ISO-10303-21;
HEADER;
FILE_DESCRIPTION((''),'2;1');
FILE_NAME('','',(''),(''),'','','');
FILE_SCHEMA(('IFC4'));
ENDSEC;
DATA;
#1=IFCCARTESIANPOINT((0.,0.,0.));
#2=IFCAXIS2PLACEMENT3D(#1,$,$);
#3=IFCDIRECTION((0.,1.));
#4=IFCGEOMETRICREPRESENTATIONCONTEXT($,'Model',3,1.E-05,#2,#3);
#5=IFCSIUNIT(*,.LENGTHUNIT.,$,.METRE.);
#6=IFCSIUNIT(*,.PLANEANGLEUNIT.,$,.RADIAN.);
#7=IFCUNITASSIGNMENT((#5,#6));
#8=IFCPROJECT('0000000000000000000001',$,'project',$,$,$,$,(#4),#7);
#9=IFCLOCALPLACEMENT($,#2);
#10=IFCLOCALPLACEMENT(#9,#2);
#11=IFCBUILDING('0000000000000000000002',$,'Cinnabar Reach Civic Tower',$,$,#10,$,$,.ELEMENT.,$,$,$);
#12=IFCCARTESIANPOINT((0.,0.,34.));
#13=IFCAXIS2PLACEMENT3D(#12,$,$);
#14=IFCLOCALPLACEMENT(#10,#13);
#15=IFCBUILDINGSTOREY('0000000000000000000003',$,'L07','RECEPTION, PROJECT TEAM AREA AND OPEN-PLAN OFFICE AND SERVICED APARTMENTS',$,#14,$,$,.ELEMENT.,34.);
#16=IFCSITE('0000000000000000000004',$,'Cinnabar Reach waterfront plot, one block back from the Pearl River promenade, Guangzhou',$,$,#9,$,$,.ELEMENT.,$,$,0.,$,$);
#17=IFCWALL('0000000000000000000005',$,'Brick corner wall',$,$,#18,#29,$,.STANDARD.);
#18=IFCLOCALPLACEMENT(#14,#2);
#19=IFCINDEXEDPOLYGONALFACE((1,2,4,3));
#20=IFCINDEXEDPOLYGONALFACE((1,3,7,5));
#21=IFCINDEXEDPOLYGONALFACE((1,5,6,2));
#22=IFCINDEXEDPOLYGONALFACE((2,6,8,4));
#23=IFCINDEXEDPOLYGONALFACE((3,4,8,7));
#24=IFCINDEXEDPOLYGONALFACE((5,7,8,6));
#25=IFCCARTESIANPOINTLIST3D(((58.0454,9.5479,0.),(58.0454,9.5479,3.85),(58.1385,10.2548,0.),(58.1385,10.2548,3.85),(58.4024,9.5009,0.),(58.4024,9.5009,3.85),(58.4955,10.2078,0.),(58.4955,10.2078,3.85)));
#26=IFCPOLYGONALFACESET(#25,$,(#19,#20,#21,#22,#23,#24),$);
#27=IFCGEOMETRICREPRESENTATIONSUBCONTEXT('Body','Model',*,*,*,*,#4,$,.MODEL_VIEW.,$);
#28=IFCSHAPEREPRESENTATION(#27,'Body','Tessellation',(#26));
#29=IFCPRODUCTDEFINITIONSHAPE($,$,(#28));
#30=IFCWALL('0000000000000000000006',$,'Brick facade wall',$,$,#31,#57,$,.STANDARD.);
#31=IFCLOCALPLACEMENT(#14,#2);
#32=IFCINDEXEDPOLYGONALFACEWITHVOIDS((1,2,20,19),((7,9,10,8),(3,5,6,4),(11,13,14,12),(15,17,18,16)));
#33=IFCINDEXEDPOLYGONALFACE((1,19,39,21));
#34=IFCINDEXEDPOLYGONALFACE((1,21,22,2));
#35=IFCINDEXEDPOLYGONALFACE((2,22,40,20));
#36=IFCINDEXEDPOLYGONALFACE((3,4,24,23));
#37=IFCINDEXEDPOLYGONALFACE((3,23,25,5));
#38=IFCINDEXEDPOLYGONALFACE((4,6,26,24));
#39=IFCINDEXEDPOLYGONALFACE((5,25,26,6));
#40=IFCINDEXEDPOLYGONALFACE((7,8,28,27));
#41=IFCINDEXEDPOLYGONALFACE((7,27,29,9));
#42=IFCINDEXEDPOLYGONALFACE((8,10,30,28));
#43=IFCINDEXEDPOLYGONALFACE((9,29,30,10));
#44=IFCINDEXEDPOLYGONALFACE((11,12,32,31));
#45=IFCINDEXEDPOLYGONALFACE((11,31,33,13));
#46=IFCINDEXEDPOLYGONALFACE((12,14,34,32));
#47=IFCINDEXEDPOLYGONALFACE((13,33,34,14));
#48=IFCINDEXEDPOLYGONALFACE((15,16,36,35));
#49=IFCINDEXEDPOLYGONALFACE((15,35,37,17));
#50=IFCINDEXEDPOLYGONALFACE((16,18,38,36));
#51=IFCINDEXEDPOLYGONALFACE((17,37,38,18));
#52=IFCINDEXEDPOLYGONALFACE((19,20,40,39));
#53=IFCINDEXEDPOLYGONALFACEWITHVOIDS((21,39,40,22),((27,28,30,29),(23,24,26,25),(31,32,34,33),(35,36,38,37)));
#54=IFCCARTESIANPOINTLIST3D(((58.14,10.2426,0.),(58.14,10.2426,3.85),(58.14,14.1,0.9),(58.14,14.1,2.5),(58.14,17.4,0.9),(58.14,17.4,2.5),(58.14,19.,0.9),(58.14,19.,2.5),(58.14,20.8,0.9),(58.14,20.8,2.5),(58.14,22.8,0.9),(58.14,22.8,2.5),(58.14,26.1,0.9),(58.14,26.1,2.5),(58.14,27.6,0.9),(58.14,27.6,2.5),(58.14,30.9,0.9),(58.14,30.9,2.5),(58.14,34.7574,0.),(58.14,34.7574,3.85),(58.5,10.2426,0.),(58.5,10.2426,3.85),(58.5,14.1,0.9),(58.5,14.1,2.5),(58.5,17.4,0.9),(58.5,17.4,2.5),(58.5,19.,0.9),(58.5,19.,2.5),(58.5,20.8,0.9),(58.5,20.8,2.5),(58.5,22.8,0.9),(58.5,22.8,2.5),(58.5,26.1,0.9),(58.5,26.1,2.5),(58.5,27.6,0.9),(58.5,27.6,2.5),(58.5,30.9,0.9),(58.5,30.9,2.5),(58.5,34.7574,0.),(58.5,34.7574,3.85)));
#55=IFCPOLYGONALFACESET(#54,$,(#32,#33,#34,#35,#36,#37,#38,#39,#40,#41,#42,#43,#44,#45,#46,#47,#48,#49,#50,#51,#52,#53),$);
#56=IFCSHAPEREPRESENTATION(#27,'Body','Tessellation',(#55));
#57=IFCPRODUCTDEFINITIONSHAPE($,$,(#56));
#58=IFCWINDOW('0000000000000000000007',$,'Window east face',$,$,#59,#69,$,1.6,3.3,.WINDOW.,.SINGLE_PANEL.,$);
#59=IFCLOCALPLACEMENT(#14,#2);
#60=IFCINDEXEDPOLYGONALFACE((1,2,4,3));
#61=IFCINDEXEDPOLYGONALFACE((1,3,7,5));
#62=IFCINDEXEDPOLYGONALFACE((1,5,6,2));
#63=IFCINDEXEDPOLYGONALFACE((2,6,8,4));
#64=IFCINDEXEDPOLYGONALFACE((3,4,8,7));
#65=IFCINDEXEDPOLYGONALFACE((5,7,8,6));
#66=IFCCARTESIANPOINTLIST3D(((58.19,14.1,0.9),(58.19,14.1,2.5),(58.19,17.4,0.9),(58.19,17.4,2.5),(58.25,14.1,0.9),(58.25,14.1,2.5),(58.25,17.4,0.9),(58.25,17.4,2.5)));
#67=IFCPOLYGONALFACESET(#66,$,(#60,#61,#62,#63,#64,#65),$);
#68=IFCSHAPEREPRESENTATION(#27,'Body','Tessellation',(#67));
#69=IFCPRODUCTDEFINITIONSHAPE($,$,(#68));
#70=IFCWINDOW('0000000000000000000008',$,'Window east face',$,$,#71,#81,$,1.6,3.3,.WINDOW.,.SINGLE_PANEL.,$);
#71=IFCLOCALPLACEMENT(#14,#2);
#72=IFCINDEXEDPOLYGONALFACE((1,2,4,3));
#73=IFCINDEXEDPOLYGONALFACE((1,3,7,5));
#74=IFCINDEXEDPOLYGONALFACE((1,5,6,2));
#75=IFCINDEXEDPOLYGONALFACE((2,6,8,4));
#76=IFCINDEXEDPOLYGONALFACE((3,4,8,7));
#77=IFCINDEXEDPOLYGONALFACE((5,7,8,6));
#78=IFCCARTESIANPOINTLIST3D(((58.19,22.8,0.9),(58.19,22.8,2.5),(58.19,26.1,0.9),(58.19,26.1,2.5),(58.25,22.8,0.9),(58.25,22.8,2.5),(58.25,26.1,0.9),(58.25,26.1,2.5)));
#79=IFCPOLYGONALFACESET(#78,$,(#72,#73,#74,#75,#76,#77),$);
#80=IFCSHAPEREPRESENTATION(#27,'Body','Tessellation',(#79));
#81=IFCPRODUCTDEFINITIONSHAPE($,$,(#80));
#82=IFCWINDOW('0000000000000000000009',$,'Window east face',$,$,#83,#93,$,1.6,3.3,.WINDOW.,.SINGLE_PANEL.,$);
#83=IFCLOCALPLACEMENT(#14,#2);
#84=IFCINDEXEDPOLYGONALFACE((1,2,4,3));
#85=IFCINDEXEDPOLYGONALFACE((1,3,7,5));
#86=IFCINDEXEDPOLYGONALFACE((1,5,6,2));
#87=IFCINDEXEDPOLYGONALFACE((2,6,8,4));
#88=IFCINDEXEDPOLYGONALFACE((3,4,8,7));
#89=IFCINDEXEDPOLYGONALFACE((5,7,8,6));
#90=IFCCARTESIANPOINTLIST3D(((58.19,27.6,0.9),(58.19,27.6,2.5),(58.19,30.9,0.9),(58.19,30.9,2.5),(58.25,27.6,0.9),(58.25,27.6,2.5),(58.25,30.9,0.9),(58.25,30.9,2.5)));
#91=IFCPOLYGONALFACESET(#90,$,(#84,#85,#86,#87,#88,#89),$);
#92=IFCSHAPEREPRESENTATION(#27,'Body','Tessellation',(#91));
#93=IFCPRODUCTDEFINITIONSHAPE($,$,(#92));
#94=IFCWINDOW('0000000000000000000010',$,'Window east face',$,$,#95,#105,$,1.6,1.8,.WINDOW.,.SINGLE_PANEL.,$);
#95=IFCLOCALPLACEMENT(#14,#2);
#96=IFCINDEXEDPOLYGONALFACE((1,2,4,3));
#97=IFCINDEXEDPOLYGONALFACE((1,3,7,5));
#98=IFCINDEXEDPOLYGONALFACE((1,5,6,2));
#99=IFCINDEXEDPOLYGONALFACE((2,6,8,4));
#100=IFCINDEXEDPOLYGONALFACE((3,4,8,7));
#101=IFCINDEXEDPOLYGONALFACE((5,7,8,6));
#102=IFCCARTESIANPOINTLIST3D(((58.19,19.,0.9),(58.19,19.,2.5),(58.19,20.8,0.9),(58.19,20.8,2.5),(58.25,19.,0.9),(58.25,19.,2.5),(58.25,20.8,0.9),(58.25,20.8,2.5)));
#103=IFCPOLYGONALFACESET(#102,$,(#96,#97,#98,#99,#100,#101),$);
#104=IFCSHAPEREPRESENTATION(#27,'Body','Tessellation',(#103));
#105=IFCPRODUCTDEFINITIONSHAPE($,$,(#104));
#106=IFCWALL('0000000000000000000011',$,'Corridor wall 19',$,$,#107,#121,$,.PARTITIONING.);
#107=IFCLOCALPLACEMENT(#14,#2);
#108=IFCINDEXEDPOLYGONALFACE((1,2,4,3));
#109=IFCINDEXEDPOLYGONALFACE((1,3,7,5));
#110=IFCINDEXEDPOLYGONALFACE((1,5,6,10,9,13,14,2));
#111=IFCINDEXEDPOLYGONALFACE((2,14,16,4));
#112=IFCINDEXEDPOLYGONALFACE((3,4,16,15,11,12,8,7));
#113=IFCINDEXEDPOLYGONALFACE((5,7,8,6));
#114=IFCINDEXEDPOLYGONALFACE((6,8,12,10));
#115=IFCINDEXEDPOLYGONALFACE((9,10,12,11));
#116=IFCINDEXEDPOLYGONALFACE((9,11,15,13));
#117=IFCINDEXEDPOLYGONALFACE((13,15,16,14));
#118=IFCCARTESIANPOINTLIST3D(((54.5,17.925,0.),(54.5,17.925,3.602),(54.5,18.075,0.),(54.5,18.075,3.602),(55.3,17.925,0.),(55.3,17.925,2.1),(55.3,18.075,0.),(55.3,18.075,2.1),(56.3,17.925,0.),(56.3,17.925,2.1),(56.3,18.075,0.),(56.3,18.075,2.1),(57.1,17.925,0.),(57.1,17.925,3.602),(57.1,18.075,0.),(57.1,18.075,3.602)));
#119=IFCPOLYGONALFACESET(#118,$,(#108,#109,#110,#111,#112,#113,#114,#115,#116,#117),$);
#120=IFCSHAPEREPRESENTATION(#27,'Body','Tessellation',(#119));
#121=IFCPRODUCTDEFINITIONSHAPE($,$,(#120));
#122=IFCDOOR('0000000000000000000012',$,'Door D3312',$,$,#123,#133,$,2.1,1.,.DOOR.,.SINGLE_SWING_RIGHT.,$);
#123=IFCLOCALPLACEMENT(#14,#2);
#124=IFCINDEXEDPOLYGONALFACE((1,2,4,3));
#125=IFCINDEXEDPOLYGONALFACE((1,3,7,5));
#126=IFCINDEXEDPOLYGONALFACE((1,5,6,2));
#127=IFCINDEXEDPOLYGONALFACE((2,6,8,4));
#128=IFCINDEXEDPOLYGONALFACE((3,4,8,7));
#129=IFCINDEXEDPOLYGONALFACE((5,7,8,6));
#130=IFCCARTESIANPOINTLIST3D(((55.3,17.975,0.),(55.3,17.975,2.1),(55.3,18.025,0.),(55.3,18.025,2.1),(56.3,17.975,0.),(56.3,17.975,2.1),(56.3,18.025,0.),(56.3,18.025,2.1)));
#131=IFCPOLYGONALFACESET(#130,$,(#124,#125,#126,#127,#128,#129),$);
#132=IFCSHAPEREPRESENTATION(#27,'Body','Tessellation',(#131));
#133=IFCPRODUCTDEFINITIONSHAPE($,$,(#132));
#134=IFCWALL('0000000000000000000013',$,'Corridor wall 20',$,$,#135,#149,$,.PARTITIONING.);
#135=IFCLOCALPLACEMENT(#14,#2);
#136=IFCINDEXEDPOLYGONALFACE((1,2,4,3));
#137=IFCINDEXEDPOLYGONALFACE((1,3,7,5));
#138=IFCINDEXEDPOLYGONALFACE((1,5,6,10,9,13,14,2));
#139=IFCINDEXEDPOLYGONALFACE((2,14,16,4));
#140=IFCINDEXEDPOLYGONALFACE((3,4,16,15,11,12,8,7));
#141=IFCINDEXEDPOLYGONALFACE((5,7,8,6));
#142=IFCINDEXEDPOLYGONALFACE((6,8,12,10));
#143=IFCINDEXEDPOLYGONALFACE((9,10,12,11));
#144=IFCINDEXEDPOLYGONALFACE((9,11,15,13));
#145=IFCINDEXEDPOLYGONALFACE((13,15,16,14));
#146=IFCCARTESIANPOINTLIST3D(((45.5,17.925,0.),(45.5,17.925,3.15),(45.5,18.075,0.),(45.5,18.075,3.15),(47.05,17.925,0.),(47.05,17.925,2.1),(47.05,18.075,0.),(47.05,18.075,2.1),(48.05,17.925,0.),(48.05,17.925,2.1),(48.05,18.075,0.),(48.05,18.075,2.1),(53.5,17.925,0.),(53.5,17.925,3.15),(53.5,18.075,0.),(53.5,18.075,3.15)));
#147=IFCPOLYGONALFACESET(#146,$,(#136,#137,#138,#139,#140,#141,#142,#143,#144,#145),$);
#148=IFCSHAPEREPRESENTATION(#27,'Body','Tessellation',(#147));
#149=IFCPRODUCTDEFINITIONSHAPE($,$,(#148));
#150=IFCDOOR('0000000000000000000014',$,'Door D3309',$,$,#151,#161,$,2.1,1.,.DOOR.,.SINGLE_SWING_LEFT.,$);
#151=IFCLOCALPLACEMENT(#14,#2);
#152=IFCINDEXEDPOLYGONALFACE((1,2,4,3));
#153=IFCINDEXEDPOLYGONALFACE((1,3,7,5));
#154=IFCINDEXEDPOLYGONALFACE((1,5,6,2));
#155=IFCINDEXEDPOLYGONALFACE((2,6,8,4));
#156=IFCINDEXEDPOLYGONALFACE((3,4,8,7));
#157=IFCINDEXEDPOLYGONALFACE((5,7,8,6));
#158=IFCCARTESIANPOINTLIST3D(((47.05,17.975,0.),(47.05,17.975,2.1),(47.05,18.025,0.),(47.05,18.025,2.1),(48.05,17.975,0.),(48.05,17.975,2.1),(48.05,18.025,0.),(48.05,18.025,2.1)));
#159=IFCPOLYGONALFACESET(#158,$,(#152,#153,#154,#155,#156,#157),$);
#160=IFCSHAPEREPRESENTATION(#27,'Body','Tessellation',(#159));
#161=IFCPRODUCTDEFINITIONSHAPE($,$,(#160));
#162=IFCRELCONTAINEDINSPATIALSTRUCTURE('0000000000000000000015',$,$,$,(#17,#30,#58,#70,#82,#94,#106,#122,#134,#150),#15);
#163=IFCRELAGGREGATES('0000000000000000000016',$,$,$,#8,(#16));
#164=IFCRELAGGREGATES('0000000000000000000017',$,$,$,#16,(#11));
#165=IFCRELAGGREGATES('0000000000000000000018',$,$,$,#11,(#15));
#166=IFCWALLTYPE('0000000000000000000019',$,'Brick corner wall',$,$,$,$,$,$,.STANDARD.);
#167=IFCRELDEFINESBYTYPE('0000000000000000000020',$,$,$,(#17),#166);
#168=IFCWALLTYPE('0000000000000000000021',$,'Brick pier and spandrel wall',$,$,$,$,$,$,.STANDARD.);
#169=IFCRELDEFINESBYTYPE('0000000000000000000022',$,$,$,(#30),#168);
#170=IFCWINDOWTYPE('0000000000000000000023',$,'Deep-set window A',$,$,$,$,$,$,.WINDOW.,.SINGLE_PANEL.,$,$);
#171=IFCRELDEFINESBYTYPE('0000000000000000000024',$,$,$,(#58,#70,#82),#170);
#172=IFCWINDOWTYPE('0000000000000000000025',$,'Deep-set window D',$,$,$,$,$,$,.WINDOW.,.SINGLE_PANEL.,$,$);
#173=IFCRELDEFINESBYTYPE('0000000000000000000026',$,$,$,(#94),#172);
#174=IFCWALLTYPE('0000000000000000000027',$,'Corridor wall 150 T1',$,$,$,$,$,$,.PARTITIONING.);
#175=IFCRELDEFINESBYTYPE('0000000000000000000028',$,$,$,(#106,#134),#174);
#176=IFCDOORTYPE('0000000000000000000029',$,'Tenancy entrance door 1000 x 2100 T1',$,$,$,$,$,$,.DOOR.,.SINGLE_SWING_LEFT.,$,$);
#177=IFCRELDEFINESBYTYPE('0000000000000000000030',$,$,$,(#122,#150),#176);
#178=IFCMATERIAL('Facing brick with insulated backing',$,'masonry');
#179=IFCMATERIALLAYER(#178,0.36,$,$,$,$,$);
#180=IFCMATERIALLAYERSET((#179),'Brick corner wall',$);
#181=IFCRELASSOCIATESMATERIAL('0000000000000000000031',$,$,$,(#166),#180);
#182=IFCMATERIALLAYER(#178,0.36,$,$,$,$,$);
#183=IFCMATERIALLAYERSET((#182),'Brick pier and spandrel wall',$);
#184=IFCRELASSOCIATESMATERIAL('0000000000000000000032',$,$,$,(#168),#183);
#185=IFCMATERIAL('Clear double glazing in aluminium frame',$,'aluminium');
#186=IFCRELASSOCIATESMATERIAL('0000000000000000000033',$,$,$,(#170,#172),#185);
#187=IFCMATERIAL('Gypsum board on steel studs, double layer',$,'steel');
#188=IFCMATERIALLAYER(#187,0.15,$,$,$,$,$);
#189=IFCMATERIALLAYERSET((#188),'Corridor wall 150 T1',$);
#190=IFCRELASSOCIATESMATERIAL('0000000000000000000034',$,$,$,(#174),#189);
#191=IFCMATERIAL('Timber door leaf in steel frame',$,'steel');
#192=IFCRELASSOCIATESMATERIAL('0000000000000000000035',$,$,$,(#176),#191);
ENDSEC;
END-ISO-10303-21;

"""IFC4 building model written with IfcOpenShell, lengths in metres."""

from ifc_helpers import new_model, si_unit, direction, frame, frame_2d, origin, place, context, subcontext, project, spatial, rectangle, extrude, material, layer, layer_set, type_object, element, fill, save


model = new_model("IFC4")

# Units and contexts
model_context = context("Model", 3, precision=1e-05, world=origin(), true_north=direction((0.0, 1.0)))
body_context = subcontext(model_context, "Body", "Model", "MODEL_VIEW")
ifc_project = project(units=[si_unit("LENGTHUNIT", "METRE"), si_unit("PLANEANGLEUNIT", "RADIAN")], contexts=[model_context])

# Site, building, storey
site_placement = place(None, origin())
site = spatial("IfcSite", under=ifc_project, at=site_placement, Name="Cinnabar Reach waterfront plot, one block back from the Pearl River promenade, Guangzhou", CompositionType="ELEMENT", RefElevation=0.0)
building_placement = place(site_placement, origin())
building = spatial("IfcBuilding", under=site, at=building_placement, Name="Cinnabar Reach Civic Tower", CompositionType="ELEMENT")
storey_placement = place(building_placement, frame((0.0, 0.0, 34.0)))
storey = spatial("IfcBuildingStorey", under=building, at=storey_placement, Name="L07", Description="RECEPTION, PROJECT TEAM AREA AND OPEN-PLAN OFFICE AND SERVICED APARTMENTS", CompositionType="ELEMENT", Elevation=34.0)

# Wall
ifc_material_1 = material(Name="Facing brick with insulated backing", Category="masonry")
ifc_layer_1 = layer(ifc_material_1, 0.36)
ifc_layer_set_1 = layer_set([ifc_layer_1], Name="Brick corner wall")
wall_type_1 = type_object("IfcWallType", Name="Brick corner wall", PredefinedType="STANDARD", material=ifc_layer_set_1)
wall_1_placement = place(storey_placement, frame((58.2239, 9.5244, 0.0), z_axis=(0.0, 0.0, 1.0), x_axis=(0.130556, 0.991441, 0.0)))
element("IfcWall", 1, at=wall_1_placement, inside=storey, type_object=wall_type_1, Name="Brick corner wall", PredefinedType="STANDARD", context=body_context, shape_type="SweptSolid", body=[
    extrude(rectangle(XDim=0.7131, YDim=0.36, at=frame_2d((0.3565, 0.0))), origin(), (0.0, 0.0, 1.0), 3.85),
])

# Wall, openings, windows
ifc_layer_2 = layer(ifc_material_1, 0.36)
ifc_layer_set_2 = layer_set([ifc_layer_2], Name="Brick pier and spandrel wall")
wall_type_2 = type_object("IfcWallType", Name="Brick pier and spandrel wall", PredefinedType="STANDARD", material=ifc_layer_set_2)
wall_2_placement = place(storey_placement, frame((58.32, 10.2426, 0.0), z_axis=(0.0, 0.0, 1.0), x_axis=(0.0, 1.0, 0.0)))
wall_2 = element("IfcWall", 2, at=wall_2_placement, inside=storey, type_object=wall_type_2, Name="Brick facade wall", PredefinedType="STANDARD", context=body_context, shape_type="SweptSolid", body=[
    extrude(rectangle(XDim=24.5148, YDim=0.36, at=frame_2d((12.2574, 0.0))), origin(), (0.0, 0.0, 1.0), 3.85),
])
opening_1_placement = place(wall_2_placement, frame((3.8574, 0.0, 0.9)))
opening_1 = element("IfcOpeningElement", 3, at=opening_1_placement, cuts=wall_2, PredefinedType="OPENING", context=body_context, shape_type="SweptSolid", body=[
    extrude(rectangle(XDim=3.3, YDim=1.6, at=frame_2d((1.65, 0.8))), frame((0.0, 0.19, 0.0), z_axis=(0.0, -1.0, 0.0), x_axis=(1.0, 0.0, 0.0)), (0.0, 0.0, 1.0), 0.38),
])
opening_2_placement = place(wall_2_placement, frame((8.7574, 0.0, 0.9)))
opening_2 = element("IfcOpeningElement", 4, at=opening_2_placement, cuts=wall_2, PredefinedType="OPENING", context=body_context, shape_type="SweptSolid", body=[
    extrude(rectangle(XDim=1.8, YDim=1.6, at=frame_2d((0.9, 0.8))), frame((0.0, 0.19, 0.0), z_axis=(0.0, -1.0, 0.0), x_axis=(1.0, 0.0, 0.0)), (0.0, 0.0, 1.0), 0.38),
])
opening_3_placement = place(wall_2_placement, frame((12.5574, 0.0, 0.9)))
opening_3 = element("IfcOpeningElement", 5, at=opening_3_placement, cuts=wall_2, PredefinedType="OPENING", context=body_context, shape_type="SweptSolid", body=[
    extrude(rectangle(XDim=3.3, YDim=1.6, at=frame_2d((1.65, 0.8))), frame((0.0, 0.19, 0.0), z_axis=(0.0, -1.0, 0.0), x_axis=(1.0, 0.0, 0.0)), (0.0, 0.0, 1.0), 0.38),
])
opening_4_placement = place(wall_2_placement, frame((17.3574, 0.0, 0.9)))
opening_4 = element("IfcOpeningElement", 6, at=opening_4_placement, cuts=wall_2, PredefinedType="OPENING", context=body_context, shape_type="SweptSolid", body=[
    extrude(rectangle(XDim=3.3, YDim=1.6, at=frame_2d((1.65, 0.8))), frame((0.0, 0.19, 0.0), z_axis=(0.0, -1.0, 0.0), x_axis=(1.0, 0.0, 0.0)), (0.0, 0.0, 1.0), 0.38),
])
ifc_material_2 = material(Name="Clear double glazing in aluminium frame", Category="aluminium")
window_type_1 = type_object("IfcWindowType", Name="Deep-set window A", PartitioningType="SINGLE_PANEL", PredefinedType="WINDOW", material=ifc_material_2)
window_1_placement = place(opening_1_placement, origin())
window_1 = element("IfcWindow", 7, at=window_1_placement, inside=storey, type_object=window_type_1, Name="Window east face", OverallHeight=1.6, OverallWidth=3.3, PartitioningType="SINGLE_PANEL", PredefinedType="WINDOW", context=body_context, shape_type="SweptSolid", body=[
    extrude(rectangle(XDim=3.3, YDim=1.6, at=frame_2d((1.65, 0.8))), frame((0.0, 0.13, 0.0), z_axis=(0.0, -1.0, 0.0), x_axis=(1.0, 0.0, 0.0)), (0.0, 0.0, 1.0), 0.06),
])
fill(opening_1, window_1)
window_2_placement = place(opening_3_placement, origin())
window_2 = element("IfcWindow", 8, at=window_2_placement, inside=storey, type_object=window_type_1, Name="Window east face", OverallHeight=1.6, OverallWidth=3.3, PartitioningType="SINGLE_PANEL", PredefinedType="WINDOW", context=body_context, shape_type="SweptSolid", body=[
    extrude(rectangle(XDim=3.3, YDim=1.6, at=frame_2d((1.65, 0.8))), frame((0.0, 0.13, 0.0), z_axis=(0.0, -1.0, 0.0), x_axis=(1.0, 0.0, 0.0)), (0.0, 0.0, 1.0), 0.06),
])
fill(opening_3, window_2)
window_3_placement = place(opening_4_placement, origin())
window_3 = element("IfcWindow", 9, at=window_3_placement, inside=storey, type_object=window_type_1, Name="Window east face", OverallHeight=1.6, OverallWidth=3.3, PartitioningType="SINGLE_PANEL", PredefinedType="WINDOW", context=body_context, shape_type="SweptSolid", body=[
    extrude(rectangle(XDim=3.3, YDim=1.6, at=frame_2d((1.65, 0.8))), frame((0.0, 0.13, 0.0), z_axis=(0.0, -1.0, 0.0), x_axis=(1.0, 0.0, 0.0)), (0.0, 0.0, 1.0), 0.06),
])
fill(opening_4, window_3)
window_type_2 = type_object("IfcWindowType", Name="Deep-set window D", PartitioningType="SINGLE_PANEL", PredefinedType="WINDOW", material=ifc_material_2)
window_4_placement = place(opening_2_placement, origin())
window_4 = element("IfcWindow", 10, at=window_4_placement, inside=storey, type_object=window_type_2, Name="Window east face", OverallHeight=1.6, OverallWidth=1.8, PartitioningType="SINGLE_PANEL", PredefinedType="WINDOW", context=body_context, shape_type="SweptSolid", body=[
    extrude(rectangle(XDim=1.8, YDim=1.6, at=frame_2d((0.9, 0.8))), frame((0.0, 0.13, 0.0), z_axis=(0.0, -1.0, 0.0), x_axis=(1.0, 0.0, 0.0)), (0.0, 0.0, 1.0), 0.06),
])
fill(opening_2, window_4)

# Walls, openings, doors
ifc_material_3 = material(Name="Gypsum board on steel studs, double layer", Category="steel")
ifc_layer_3 = layer(ifc_material_3, 0.15)
ifc_layer_set_3 = layer_set([ifc_layer_3], Name="Corridor wall 150 T1")
wall_type_3 = type_object("IfcWallType", Name="Corridor wall 150 T1", PredefinedType="PARTITIONING", material=ifc_layer_set_3)
wall_3_placement = place(storey_placement, frame((54.5, 18.0, 0.0), z_axis=(0.0, 0.0, 1.0), x_axis=(1.0, 0.0, 0.0)))
wall_3 = element("IfcWall", 11, at=wall_3_placement, inside=storey, type_object=wall_type_3, Name="Corridor wall 19", PredefinedType="PARTITIONING", context=body_context, shape_type="SweptSolid", body=[
    extrude(rectangle(XDim=2.6, YDim=0.15, at=frame_2d((1.3, 0.0))), origin(), (0.0, 0.0, 1.0), 3.602),
])
opening_5_placement = place(wall_3_placement, frame((0.8, 0.0, 0.0)))
opening_5 = element("IfcOpeningElement", 12, at=opening_5_placement, cuts=wall_3, PredefinedType="OPENING", context=body_context, shape_type="SweptSolid", body=[
    extrude(rectangle(XDim=1.0, YDim=2.1, at=frame_2d((0.5, 1.05))), frame((0.0, 0.085, 0.0), z_axis=(0.0, -1.0, 0.0), x_axis=(1.0, 0.0, 0.0)), (0.0, 0.0, 1.0), 0.17),
])
ifc_material_4 = material(Name="Timber door leaf in steel frame", Category="steel")
door_type_1 = type_object("IfcDoorType", Name="Tenancy entrance door 1000 x 2100 T1", OperationType="SINGLE_SWING_LEFT", PredefinedType="DOOR", material=ifc_material_4)
door_1_placement = place(opening_5_placement, frame((1.0, 0.0, 0.0), z_axis=(0.0, 0.0, 1.0), x_axis=(-1.0, 0.0, 0.0)))
door_1 = element("IfcDoor", 13, at=door_1_placement, inside=storey, type_object=door_type_1, Name="Door D3312", OperationType="SINGLE_SWING_RIGHT", OverallHeight=2.1, OverallWidth=1.0, PredefinedType="DOOR", context=body_context, shape_type="SweptSolid", body=[
    extrude(rectangle(XDim=1.0, YDim=2.1, at=frame_2d((0.5, 1.05))), frame((0.0, 0.025, 0.0), z_axis=(0.0, -1.0, 0.0), x_axis=(1.0, 0.0, 0.0)), (0.0, 0.0, 1.0), 0.05),
])
fill(opening_5, door_1)
wall_4_placement = place(storey_placement, frame((45.5, 18.0, 0.0), z_axis=(0.0, 0.0, 1.0), x_axis=(1.0, 0.0, 0.0)))
wall_4 = element("IfcWall", 14, at=wall_4_placement, inside=storey, type_object=wall_type_3, Name="Corridor wall 20", PredefinedType="PARTITIONING", context=body_context, shape_type="SweptSolid", body=[
    extrude(rectangle(XDim=8.0, YDim=0.15, at=frame_2d((4.0, 0.0))), origin(), (0.0, 0.0, 1.0), 3.15),
])
opening_6_placement = place(wall_4_placement, frame((1.55, 0.0, 0.0)))
opening_6 = element("IfcOpeningElement", 15, at=opening_6_placement, cuts=wall_4, PredefinedType="OPENING", context=body_context, shape_type="SweptSolid", body=[
    extrude(rectangle(XDim=1.0, YDim=2.1, at=frame_2d((0.5, 1.05))), frame((0.0, 0.085, 0.0), z_axis=(0.0, -1.0, 0.0), x_axis=(1.0, 0.0, 0.0)), (0.0, 0.0, 1.0), 0.17),
])
door_2_placement = place(opening_6_placement, frame((1.0, 0.0, 0.0), z_axis=(0.0, 0.0, 1.0), x_axis=(-1.0, 0.0, 0.0)))
door_2 = element("IfcDoor", 16, at=door_2_placement, inside=storey, type_object=door_type_1, Name="Door D3309", OperationType="SINGLE_SWING_LEFT", OverallHeight=2.1, OverallWidth=1.0, PredefinedType="DOOR", context=body_context, shape_type="SweptSolid", body=[
    extrude(rectangle(XDim=1.0, YDim=2.1, at=frame_2d((0.5, 1.05))), frame((0.0, 0.025, 0.0), z_axis=(0.0, -1.0, 0.0), x_axis=(1.0, 0.0, 0.0)), (0.0, 0.0, 1.0), 0.05),
])
fill(opening_6, door_2)

save(model, "model.ifc")
